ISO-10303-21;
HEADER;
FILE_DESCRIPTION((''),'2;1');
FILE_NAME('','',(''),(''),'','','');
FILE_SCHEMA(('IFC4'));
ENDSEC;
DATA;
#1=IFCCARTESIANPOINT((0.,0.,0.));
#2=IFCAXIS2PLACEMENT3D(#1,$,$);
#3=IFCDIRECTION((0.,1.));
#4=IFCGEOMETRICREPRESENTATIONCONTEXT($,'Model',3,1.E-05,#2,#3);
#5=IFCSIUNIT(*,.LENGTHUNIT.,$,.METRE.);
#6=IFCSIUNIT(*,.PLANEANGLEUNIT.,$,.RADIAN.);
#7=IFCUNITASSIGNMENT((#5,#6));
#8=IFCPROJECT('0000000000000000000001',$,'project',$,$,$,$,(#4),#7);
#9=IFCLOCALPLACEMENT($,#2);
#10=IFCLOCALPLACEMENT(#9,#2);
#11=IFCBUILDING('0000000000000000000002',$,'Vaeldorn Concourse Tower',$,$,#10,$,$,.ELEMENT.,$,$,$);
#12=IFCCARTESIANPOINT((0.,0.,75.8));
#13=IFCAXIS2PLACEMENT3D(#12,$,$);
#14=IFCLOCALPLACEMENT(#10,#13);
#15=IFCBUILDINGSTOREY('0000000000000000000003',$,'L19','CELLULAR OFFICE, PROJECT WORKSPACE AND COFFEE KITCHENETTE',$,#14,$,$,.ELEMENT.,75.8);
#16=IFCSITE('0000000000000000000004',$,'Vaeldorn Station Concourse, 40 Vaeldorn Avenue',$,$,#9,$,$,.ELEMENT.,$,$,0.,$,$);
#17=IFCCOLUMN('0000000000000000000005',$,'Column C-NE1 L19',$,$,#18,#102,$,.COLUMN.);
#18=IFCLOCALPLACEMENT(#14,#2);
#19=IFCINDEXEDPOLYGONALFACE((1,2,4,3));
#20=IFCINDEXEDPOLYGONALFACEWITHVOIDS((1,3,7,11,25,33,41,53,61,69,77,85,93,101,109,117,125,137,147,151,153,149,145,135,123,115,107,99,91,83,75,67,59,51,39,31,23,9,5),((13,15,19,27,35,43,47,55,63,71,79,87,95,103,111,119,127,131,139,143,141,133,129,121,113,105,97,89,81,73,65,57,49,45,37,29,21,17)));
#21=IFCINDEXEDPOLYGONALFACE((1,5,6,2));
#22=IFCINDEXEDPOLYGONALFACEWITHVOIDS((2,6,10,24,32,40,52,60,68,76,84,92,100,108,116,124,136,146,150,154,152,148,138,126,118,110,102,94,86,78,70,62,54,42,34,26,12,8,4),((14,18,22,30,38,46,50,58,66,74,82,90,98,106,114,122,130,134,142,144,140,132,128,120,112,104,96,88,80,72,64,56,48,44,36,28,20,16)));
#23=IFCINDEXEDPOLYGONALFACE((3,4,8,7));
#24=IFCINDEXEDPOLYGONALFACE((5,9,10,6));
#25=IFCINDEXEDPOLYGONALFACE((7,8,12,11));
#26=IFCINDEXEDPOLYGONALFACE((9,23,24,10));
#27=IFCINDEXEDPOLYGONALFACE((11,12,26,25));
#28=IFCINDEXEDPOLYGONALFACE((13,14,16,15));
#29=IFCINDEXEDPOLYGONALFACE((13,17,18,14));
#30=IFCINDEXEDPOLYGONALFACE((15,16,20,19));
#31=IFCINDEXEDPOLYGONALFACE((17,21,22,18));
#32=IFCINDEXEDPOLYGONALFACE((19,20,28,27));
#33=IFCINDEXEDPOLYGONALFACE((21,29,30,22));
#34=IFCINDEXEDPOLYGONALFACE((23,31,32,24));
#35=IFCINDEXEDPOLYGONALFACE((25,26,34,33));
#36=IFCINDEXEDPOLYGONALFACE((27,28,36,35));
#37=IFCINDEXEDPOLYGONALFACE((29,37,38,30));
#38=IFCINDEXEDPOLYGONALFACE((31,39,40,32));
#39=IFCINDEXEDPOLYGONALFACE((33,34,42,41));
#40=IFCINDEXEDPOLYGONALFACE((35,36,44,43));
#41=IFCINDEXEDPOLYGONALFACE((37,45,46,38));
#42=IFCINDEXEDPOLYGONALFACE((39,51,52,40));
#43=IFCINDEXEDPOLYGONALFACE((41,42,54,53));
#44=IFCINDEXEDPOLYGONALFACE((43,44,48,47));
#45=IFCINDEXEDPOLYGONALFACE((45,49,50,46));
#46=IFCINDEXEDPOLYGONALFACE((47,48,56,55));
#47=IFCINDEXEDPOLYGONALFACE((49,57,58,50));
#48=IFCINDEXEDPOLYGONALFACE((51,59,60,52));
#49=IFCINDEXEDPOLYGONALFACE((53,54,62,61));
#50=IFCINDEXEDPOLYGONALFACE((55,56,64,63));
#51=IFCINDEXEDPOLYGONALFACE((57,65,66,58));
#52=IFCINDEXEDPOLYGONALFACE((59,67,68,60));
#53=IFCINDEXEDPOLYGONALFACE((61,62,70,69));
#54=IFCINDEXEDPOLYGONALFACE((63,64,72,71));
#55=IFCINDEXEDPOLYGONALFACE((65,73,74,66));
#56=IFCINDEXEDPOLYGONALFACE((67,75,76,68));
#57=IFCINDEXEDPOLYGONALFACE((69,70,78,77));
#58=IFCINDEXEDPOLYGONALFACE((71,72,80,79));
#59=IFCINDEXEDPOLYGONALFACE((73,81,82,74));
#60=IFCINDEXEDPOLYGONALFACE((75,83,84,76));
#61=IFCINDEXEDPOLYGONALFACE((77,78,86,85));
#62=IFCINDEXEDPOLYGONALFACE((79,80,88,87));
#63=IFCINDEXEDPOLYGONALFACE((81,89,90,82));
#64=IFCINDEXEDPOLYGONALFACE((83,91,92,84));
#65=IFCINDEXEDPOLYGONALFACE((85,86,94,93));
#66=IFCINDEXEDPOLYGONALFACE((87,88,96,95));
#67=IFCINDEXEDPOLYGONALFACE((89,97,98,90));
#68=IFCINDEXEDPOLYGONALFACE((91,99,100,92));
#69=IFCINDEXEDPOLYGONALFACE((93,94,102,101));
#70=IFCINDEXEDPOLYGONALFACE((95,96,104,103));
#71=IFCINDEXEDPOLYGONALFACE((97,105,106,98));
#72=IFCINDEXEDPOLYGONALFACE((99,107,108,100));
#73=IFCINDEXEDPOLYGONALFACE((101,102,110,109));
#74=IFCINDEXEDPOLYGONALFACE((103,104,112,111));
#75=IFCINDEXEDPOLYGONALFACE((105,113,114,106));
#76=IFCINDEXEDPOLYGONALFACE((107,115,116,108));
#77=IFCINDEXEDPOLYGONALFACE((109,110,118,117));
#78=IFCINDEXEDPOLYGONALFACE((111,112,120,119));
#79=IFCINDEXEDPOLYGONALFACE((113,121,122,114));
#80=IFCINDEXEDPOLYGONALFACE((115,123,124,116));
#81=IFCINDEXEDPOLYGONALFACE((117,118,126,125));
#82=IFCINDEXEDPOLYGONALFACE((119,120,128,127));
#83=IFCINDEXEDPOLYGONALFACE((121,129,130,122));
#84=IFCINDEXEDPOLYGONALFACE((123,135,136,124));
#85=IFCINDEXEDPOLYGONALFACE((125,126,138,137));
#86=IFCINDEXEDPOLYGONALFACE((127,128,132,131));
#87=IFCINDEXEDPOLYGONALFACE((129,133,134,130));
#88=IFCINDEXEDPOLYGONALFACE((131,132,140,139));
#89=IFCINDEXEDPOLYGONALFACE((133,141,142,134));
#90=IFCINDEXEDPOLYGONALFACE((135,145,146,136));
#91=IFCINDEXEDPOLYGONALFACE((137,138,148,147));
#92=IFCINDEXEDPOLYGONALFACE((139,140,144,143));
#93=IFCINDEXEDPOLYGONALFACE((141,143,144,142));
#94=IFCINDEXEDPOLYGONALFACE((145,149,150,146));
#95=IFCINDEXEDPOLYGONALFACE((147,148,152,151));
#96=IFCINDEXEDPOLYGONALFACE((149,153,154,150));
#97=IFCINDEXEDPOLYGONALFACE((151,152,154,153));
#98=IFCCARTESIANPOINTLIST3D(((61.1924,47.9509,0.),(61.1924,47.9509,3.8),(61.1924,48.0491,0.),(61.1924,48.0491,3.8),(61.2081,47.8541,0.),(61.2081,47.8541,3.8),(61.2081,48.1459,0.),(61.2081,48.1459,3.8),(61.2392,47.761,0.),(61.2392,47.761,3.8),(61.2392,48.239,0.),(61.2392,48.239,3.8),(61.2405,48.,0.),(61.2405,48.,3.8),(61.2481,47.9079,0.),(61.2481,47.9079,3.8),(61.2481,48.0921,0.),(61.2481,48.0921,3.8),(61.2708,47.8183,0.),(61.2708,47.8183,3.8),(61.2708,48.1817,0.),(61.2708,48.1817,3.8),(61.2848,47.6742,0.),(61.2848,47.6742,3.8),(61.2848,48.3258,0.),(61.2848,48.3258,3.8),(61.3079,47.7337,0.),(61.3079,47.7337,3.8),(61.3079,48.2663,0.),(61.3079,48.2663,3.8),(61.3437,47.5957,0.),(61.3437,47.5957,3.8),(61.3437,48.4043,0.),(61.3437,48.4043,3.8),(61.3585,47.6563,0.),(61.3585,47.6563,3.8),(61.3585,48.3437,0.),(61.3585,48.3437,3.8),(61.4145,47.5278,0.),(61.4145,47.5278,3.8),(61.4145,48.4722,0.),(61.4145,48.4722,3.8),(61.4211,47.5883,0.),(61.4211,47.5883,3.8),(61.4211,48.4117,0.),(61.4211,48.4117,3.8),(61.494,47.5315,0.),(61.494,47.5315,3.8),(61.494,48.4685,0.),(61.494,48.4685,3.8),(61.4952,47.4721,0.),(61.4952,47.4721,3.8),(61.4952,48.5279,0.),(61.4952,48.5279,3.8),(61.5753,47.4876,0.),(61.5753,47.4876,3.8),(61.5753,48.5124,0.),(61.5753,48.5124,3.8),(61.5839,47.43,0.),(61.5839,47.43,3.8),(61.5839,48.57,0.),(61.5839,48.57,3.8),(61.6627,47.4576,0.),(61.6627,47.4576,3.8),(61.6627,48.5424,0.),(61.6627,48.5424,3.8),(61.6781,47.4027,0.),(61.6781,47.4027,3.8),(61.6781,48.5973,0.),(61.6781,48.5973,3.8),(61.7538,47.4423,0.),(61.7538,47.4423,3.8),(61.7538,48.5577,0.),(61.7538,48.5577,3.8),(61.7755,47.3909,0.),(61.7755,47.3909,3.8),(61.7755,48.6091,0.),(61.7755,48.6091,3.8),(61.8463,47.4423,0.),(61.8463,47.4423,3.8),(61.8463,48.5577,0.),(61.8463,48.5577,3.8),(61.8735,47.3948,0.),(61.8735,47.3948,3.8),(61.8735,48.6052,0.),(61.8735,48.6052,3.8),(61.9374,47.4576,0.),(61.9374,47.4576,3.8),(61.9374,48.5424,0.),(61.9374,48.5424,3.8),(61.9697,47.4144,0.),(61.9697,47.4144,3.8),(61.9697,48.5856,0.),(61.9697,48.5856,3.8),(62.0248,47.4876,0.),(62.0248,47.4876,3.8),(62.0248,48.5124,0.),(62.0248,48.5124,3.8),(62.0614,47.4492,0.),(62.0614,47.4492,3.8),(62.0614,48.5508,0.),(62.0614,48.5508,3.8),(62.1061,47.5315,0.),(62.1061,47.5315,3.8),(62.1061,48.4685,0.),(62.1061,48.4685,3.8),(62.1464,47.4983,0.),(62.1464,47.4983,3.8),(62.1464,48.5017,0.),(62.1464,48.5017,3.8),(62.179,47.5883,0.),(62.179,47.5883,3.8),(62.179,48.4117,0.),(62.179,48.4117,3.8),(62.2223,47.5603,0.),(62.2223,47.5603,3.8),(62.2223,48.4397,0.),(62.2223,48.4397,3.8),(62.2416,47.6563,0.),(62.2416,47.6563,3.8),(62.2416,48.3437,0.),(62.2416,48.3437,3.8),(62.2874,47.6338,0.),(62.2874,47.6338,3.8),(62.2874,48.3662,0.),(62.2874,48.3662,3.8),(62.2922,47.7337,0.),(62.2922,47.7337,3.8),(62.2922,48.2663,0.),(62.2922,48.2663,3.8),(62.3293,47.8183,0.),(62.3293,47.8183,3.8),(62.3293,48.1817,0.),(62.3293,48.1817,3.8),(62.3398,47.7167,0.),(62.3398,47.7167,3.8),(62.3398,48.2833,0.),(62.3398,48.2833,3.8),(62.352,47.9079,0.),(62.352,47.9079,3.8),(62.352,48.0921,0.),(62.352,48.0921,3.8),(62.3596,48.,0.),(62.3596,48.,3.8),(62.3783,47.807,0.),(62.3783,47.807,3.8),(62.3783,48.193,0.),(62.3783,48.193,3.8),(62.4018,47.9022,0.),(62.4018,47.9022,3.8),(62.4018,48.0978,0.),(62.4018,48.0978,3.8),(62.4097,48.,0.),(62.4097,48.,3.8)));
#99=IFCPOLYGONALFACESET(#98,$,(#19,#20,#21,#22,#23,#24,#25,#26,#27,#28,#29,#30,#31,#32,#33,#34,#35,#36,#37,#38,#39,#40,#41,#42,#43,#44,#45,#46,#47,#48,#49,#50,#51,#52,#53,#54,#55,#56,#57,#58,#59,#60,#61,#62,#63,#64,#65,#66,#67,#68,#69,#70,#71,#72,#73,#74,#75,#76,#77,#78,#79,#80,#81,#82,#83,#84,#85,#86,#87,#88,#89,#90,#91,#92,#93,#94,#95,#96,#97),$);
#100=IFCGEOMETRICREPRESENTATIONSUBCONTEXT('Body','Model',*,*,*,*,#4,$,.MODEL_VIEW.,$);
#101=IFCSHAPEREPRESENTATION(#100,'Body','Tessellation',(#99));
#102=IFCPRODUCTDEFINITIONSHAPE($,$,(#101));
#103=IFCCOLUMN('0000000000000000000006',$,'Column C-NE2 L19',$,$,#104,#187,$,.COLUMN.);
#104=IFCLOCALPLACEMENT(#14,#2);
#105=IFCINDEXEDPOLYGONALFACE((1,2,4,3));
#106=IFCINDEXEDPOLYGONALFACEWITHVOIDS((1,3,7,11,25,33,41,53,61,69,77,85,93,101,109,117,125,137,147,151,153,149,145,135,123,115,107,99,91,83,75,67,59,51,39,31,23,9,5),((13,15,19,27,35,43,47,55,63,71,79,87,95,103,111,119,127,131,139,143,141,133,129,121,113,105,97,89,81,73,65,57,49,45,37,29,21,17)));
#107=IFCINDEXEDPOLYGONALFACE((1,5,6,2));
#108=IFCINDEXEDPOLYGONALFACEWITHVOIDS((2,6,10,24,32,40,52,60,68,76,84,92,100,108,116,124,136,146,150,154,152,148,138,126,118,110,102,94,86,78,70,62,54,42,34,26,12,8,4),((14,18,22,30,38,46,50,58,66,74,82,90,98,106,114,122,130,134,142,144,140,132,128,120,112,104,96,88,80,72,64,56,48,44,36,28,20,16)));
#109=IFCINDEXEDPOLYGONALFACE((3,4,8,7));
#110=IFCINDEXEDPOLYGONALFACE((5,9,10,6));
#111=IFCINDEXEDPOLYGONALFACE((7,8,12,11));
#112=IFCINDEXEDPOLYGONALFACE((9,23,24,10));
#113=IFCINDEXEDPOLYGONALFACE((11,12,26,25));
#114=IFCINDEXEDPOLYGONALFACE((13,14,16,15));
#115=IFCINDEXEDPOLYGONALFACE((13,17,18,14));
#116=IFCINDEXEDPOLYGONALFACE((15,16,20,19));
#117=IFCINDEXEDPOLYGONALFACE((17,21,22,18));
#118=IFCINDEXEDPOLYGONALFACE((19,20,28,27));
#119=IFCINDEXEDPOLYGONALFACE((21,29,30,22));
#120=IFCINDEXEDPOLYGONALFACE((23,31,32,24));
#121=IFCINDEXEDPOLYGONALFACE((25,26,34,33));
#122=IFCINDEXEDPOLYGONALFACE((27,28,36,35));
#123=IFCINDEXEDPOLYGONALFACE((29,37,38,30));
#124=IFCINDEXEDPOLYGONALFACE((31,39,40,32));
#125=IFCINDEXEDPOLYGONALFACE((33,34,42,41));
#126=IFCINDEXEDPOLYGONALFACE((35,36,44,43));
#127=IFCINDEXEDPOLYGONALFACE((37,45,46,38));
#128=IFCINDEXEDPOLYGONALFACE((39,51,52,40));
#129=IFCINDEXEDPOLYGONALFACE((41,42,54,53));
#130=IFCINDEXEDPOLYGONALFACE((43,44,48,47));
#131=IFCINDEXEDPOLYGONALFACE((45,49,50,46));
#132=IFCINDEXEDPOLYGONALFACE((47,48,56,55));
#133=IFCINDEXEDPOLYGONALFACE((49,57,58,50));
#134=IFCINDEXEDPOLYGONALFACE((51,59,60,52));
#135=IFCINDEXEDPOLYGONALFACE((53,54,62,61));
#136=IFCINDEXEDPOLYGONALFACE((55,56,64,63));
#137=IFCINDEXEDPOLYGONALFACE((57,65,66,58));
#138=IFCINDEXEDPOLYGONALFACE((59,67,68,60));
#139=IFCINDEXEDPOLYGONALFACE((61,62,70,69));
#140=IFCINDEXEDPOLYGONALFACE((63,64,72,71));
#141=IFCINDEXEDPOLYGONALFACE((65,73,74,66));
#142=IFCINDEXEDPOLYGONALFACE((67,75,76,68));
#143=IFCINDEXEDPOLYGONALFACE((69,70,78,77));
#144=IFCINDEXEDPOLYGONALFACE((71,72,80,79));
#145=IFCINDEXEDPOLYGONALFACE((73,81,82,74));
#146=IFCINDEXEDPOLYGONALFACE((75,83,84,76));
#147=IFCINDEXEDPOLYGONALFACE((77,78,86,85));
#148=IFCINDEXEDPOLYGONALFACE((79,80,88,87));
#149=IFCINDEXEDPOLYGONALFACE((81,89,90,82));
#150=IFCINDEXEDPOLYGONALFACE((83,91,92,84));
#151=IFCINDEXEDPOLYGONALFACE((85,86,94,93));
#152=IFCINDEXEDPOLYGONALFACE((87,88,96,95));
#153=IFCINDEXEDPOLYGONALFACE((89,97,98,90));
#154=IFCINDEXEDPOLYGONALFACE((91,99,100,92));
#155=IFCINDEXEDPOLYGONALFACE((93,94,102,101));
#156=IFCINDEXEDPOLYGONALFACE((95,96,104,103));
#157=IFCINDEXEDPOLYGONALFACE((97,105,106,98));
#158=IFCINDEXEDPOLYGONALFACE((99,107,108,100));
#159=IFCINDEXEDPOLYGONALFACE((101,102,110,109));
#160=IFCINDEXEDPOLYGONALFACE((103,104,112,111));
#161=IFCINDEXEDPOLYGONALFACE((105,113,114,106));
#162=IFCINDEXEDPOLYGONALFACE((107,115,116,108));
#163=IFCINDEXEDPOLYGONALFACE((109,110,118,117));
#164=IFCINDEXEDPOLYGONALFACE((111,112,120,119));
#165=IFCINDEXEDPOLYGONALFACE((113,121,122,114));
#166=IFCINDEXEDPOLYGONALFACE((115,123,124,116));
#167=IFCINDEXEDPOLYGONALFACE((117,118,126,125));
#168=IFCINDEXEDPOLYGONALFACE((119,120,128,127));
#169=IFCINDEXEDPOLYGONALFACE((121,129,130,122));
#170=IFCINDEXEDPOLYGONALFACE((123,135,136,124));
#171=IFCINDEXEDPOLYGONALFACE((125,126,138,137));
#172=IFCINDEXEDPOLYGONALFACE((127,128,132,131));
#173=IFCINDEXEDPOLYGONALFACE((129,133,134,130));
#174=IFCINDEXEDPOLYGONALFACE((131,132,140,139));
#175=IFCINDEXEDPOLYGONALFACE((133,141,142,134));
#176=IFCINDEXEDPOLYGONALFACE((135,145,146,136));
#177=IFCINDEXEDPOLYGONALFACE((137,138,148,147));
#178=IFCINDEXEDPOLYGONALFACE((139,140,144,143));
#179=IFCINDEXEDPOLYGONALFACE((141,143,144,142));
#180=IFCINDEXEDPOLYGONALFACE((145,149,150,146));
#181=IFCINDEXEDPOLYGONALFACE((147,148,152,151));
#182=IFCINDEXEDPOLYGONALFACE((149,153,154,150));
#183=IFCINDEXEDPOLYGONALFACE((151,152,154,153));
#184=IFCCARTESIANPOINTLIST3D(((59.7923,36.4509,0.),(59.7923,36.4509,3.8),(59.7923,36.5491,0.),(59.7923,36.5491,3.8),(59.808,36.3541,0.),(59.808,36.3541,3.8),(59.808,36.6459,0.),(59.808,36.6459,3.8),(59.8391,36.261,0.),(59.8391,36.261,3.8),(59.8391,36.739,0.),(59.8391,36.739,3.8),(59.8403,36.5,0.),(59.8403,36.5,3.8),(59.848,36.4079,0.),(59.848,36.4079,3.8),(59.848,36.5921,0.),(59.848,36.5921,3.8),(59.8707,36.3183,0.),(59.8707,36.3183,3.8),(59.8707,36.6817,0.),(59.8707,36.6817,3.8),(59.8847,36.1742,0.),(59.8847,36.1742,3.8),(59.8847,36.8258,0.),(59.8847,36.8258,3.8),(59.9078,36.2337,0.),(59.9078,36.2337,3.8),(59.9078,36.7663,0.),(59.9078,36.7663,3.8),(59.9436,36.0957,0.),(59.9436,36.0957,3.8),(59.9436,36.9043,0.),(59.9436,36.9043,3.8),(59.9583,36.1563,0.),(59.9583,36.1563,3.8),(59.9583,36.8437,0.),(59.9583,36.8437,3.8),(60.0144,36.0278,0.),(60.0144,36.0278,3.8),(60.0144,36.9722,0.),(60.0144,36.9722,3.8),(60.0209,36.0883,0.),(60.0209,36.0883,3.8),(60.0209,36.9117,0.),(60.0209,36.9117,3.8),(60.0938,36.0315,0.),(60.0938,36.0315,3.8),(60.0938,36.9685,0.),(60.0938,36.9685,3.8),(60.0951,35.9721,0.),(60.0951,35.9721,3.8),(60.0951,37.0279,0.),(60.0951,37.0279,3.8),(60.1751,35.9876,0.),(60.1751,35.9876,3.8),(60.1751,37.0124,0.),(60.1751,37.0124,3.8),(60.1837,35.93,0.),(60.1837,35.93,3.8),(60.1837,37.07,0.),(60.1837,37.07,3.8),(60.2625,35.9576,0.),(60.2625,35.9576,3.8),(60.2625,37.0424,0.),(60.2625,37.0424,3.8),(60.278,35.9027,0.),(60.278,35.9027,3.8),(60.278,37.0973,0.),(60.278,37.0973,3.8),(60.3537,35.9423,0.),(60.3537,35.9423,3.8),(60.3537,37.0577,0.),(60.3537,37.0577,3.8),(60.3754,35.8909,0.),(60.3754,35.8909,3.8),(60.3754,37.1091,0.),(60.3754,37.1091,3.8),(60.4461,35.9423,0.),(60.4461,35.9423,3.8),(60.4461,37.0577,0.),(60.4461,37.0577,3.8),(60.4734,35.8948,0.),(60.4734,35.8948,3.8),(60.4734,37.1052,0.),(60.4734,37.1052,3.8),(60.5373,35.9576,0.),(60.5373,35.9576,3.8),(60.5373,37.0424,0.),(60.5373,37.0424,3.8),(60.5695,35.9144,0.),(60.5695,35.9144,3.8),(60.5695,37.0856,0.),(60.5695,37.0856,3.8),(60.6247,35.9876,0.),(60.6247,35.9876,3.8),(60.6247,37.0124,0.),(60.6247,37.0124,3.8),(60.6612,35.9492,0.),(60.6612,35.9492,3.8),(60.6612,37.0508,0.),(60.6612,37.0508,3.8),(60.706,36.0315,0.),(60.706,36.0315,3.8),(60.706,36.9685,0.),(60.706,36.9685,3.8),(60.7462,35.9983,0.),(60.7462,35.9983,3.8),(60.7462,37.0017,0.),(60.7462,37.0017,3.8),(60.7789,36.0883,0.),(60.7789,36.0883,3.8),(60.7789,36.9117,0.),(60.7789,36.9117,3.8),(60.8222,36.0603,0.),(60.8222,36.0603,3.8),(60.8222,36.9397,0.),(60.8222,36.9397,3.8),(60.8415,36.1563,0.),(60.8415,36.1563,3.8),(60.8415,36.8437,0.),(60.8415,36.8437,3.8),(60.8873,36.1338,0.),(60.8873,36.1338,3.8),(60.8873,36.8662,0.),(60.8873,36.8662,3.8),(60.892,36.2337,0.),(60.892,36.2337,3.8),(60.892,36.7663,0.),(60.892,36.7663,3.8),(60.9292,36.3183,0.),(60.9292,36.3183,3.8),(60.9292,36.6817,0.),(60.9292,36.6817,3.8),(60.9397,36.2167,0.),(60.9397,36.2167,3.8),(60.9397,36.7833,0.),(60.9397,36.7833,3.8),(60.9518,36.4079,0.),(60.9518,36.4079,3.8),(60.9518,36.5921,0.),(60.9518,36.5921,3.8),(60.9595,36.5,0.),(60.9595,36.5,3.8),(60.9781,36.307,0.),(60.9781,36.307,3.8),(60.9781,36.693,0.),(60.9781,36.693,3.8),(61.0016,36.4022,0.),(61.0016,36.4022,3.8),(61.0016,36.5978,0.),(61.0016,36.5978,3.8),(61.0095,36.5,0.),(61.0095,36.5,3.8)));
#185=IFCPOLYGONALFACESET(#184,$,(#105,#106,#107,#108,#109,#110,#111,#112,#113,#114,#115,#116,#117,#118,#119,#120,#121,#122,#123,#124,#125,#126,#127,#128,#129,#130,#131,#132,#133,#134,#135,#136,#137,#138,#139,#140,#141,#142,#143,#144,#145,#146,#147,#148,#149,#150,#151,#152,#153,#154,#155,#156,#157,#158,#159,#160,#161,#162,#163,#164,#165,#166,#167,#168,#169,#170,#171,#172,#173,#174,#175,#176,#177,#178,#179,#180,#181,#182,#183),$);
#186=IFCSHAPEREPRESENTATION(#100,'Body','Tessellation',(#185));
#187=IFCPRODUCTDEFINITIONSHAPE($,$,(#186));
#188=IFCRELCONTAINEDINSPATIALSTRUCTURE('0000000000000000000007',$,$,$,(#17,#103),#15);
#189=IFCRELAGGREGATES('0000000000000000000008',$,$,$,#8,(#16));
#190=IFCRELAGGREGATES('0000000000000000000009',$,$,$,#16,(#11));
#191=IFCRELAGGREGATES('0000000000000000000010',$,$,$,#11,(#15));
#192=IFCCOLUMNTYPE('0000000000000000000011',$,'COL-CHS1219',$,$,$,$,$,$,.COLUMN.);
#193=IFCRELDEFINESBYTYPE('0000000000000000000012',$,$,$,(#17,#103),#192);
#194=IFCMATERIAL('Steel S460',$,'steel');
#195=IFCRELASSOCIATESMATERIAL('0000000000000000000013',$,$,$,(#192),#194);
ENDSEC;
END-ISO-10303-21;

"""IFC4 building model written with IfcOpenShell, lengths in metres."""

from ifc_helpers import new_model, si_unit, direction, frame, origin, origin_2d, place, context, subcontext, project, spatial, hollow_circle, extrude, source, transform, mapped, material, material_profile, profile_set, type_object, element, save


model = new_model("IFC4")

# Units and contexts
model_context = context("Model", 3, precision=1e-05, world=origin(), true_north=direction((0.0, 1.0)))
body_context = subcontext(model_context, "Body", "Model", "MODEL_VIEW")
ifc_project = project(units=[si_unit("LENGTHUNIT", "METRE"), si_unit("PLANEANGLEUNIT", "RADIAN")], contexts=[model_context])

# Site, building, storey
site_placement = place(None, origin())
site = spatial("IfcSite", under=ifc_project, at=site_placement, Name="Vaeldorn Station Concourse, 40 Vaeldorn Avenue", CompositionType="ELEMENT", RefElevation=0.0)
building_placement = place(site_placement, origin())
building = spatial("IfcBuilding", under=site, at=building_placement, Name="Vaeldorn Concourse Tower", CompositionType="ELEMENT")
storey_placement = place(building_placement, frame((0.0, 0.0, 75.8)))
storey = spatial("IfcBuildingStorey", under=building, at=storey_placement, Name="L19", Description="CELLULAR OFFICE, PROJECT WORKSPACE AND COFFEE KITCHENETTE", CompositionType="ELEMENT", Elevation=75.8)

# Columns
ifc_material_1 = material(Name="Steel S460", Category="steel")
ifc_material_profile_1 = material_profile(ifc_material_1, hollow_circle(Radius=0.6096, WallThickness=0.05, at=origin_2d()), Name="CHS 1219x50")
ifc_profile_set_1 = profile_set([ifc_material_profile_1], Name="Steel S460")
column_type = type_object("IfcColumnType", Name="COL-CHS1219", PredefinedType="COLUMN", material=ifc_profile_set_1)
shared_shape_1 = source(origin(), body_context, "Body", "SweptSolid", [
    extrude(hollow_circle(Radius=0.6096, WallThickness=0.05, at=origin_2d()), origin(), (0.0, 0.0, 1.0), 3.8),
])
for number, where, z_axis, x_axis, name in (
    (1, (61.8, 48.0, 0.0), (0.0, 0.0, 1.0), (1.0, 0.0, 0.0), "Column C-NE1 L19"),
    (2, (60.3999, 36.5, 0.0), (0.0, 0.0, 1.0), (1.0, 0.0, 0.0), "Column C-NE2 L19"),
):
    element("IfcColumn", number, at=place(storey_placement, frame(where, z_axis=z_axis, x_axis=x_axis)), inside=storey, type_object=column_type, Name=name, PredefinedType="COLUMN", context=body_context, shape_type="MappedRepresentation", body=[
        mapped(shared_shape_1, transform((0.0, 0.0, 0.0), scale=1.0)),
    ])

save(model, "model.ifc")
